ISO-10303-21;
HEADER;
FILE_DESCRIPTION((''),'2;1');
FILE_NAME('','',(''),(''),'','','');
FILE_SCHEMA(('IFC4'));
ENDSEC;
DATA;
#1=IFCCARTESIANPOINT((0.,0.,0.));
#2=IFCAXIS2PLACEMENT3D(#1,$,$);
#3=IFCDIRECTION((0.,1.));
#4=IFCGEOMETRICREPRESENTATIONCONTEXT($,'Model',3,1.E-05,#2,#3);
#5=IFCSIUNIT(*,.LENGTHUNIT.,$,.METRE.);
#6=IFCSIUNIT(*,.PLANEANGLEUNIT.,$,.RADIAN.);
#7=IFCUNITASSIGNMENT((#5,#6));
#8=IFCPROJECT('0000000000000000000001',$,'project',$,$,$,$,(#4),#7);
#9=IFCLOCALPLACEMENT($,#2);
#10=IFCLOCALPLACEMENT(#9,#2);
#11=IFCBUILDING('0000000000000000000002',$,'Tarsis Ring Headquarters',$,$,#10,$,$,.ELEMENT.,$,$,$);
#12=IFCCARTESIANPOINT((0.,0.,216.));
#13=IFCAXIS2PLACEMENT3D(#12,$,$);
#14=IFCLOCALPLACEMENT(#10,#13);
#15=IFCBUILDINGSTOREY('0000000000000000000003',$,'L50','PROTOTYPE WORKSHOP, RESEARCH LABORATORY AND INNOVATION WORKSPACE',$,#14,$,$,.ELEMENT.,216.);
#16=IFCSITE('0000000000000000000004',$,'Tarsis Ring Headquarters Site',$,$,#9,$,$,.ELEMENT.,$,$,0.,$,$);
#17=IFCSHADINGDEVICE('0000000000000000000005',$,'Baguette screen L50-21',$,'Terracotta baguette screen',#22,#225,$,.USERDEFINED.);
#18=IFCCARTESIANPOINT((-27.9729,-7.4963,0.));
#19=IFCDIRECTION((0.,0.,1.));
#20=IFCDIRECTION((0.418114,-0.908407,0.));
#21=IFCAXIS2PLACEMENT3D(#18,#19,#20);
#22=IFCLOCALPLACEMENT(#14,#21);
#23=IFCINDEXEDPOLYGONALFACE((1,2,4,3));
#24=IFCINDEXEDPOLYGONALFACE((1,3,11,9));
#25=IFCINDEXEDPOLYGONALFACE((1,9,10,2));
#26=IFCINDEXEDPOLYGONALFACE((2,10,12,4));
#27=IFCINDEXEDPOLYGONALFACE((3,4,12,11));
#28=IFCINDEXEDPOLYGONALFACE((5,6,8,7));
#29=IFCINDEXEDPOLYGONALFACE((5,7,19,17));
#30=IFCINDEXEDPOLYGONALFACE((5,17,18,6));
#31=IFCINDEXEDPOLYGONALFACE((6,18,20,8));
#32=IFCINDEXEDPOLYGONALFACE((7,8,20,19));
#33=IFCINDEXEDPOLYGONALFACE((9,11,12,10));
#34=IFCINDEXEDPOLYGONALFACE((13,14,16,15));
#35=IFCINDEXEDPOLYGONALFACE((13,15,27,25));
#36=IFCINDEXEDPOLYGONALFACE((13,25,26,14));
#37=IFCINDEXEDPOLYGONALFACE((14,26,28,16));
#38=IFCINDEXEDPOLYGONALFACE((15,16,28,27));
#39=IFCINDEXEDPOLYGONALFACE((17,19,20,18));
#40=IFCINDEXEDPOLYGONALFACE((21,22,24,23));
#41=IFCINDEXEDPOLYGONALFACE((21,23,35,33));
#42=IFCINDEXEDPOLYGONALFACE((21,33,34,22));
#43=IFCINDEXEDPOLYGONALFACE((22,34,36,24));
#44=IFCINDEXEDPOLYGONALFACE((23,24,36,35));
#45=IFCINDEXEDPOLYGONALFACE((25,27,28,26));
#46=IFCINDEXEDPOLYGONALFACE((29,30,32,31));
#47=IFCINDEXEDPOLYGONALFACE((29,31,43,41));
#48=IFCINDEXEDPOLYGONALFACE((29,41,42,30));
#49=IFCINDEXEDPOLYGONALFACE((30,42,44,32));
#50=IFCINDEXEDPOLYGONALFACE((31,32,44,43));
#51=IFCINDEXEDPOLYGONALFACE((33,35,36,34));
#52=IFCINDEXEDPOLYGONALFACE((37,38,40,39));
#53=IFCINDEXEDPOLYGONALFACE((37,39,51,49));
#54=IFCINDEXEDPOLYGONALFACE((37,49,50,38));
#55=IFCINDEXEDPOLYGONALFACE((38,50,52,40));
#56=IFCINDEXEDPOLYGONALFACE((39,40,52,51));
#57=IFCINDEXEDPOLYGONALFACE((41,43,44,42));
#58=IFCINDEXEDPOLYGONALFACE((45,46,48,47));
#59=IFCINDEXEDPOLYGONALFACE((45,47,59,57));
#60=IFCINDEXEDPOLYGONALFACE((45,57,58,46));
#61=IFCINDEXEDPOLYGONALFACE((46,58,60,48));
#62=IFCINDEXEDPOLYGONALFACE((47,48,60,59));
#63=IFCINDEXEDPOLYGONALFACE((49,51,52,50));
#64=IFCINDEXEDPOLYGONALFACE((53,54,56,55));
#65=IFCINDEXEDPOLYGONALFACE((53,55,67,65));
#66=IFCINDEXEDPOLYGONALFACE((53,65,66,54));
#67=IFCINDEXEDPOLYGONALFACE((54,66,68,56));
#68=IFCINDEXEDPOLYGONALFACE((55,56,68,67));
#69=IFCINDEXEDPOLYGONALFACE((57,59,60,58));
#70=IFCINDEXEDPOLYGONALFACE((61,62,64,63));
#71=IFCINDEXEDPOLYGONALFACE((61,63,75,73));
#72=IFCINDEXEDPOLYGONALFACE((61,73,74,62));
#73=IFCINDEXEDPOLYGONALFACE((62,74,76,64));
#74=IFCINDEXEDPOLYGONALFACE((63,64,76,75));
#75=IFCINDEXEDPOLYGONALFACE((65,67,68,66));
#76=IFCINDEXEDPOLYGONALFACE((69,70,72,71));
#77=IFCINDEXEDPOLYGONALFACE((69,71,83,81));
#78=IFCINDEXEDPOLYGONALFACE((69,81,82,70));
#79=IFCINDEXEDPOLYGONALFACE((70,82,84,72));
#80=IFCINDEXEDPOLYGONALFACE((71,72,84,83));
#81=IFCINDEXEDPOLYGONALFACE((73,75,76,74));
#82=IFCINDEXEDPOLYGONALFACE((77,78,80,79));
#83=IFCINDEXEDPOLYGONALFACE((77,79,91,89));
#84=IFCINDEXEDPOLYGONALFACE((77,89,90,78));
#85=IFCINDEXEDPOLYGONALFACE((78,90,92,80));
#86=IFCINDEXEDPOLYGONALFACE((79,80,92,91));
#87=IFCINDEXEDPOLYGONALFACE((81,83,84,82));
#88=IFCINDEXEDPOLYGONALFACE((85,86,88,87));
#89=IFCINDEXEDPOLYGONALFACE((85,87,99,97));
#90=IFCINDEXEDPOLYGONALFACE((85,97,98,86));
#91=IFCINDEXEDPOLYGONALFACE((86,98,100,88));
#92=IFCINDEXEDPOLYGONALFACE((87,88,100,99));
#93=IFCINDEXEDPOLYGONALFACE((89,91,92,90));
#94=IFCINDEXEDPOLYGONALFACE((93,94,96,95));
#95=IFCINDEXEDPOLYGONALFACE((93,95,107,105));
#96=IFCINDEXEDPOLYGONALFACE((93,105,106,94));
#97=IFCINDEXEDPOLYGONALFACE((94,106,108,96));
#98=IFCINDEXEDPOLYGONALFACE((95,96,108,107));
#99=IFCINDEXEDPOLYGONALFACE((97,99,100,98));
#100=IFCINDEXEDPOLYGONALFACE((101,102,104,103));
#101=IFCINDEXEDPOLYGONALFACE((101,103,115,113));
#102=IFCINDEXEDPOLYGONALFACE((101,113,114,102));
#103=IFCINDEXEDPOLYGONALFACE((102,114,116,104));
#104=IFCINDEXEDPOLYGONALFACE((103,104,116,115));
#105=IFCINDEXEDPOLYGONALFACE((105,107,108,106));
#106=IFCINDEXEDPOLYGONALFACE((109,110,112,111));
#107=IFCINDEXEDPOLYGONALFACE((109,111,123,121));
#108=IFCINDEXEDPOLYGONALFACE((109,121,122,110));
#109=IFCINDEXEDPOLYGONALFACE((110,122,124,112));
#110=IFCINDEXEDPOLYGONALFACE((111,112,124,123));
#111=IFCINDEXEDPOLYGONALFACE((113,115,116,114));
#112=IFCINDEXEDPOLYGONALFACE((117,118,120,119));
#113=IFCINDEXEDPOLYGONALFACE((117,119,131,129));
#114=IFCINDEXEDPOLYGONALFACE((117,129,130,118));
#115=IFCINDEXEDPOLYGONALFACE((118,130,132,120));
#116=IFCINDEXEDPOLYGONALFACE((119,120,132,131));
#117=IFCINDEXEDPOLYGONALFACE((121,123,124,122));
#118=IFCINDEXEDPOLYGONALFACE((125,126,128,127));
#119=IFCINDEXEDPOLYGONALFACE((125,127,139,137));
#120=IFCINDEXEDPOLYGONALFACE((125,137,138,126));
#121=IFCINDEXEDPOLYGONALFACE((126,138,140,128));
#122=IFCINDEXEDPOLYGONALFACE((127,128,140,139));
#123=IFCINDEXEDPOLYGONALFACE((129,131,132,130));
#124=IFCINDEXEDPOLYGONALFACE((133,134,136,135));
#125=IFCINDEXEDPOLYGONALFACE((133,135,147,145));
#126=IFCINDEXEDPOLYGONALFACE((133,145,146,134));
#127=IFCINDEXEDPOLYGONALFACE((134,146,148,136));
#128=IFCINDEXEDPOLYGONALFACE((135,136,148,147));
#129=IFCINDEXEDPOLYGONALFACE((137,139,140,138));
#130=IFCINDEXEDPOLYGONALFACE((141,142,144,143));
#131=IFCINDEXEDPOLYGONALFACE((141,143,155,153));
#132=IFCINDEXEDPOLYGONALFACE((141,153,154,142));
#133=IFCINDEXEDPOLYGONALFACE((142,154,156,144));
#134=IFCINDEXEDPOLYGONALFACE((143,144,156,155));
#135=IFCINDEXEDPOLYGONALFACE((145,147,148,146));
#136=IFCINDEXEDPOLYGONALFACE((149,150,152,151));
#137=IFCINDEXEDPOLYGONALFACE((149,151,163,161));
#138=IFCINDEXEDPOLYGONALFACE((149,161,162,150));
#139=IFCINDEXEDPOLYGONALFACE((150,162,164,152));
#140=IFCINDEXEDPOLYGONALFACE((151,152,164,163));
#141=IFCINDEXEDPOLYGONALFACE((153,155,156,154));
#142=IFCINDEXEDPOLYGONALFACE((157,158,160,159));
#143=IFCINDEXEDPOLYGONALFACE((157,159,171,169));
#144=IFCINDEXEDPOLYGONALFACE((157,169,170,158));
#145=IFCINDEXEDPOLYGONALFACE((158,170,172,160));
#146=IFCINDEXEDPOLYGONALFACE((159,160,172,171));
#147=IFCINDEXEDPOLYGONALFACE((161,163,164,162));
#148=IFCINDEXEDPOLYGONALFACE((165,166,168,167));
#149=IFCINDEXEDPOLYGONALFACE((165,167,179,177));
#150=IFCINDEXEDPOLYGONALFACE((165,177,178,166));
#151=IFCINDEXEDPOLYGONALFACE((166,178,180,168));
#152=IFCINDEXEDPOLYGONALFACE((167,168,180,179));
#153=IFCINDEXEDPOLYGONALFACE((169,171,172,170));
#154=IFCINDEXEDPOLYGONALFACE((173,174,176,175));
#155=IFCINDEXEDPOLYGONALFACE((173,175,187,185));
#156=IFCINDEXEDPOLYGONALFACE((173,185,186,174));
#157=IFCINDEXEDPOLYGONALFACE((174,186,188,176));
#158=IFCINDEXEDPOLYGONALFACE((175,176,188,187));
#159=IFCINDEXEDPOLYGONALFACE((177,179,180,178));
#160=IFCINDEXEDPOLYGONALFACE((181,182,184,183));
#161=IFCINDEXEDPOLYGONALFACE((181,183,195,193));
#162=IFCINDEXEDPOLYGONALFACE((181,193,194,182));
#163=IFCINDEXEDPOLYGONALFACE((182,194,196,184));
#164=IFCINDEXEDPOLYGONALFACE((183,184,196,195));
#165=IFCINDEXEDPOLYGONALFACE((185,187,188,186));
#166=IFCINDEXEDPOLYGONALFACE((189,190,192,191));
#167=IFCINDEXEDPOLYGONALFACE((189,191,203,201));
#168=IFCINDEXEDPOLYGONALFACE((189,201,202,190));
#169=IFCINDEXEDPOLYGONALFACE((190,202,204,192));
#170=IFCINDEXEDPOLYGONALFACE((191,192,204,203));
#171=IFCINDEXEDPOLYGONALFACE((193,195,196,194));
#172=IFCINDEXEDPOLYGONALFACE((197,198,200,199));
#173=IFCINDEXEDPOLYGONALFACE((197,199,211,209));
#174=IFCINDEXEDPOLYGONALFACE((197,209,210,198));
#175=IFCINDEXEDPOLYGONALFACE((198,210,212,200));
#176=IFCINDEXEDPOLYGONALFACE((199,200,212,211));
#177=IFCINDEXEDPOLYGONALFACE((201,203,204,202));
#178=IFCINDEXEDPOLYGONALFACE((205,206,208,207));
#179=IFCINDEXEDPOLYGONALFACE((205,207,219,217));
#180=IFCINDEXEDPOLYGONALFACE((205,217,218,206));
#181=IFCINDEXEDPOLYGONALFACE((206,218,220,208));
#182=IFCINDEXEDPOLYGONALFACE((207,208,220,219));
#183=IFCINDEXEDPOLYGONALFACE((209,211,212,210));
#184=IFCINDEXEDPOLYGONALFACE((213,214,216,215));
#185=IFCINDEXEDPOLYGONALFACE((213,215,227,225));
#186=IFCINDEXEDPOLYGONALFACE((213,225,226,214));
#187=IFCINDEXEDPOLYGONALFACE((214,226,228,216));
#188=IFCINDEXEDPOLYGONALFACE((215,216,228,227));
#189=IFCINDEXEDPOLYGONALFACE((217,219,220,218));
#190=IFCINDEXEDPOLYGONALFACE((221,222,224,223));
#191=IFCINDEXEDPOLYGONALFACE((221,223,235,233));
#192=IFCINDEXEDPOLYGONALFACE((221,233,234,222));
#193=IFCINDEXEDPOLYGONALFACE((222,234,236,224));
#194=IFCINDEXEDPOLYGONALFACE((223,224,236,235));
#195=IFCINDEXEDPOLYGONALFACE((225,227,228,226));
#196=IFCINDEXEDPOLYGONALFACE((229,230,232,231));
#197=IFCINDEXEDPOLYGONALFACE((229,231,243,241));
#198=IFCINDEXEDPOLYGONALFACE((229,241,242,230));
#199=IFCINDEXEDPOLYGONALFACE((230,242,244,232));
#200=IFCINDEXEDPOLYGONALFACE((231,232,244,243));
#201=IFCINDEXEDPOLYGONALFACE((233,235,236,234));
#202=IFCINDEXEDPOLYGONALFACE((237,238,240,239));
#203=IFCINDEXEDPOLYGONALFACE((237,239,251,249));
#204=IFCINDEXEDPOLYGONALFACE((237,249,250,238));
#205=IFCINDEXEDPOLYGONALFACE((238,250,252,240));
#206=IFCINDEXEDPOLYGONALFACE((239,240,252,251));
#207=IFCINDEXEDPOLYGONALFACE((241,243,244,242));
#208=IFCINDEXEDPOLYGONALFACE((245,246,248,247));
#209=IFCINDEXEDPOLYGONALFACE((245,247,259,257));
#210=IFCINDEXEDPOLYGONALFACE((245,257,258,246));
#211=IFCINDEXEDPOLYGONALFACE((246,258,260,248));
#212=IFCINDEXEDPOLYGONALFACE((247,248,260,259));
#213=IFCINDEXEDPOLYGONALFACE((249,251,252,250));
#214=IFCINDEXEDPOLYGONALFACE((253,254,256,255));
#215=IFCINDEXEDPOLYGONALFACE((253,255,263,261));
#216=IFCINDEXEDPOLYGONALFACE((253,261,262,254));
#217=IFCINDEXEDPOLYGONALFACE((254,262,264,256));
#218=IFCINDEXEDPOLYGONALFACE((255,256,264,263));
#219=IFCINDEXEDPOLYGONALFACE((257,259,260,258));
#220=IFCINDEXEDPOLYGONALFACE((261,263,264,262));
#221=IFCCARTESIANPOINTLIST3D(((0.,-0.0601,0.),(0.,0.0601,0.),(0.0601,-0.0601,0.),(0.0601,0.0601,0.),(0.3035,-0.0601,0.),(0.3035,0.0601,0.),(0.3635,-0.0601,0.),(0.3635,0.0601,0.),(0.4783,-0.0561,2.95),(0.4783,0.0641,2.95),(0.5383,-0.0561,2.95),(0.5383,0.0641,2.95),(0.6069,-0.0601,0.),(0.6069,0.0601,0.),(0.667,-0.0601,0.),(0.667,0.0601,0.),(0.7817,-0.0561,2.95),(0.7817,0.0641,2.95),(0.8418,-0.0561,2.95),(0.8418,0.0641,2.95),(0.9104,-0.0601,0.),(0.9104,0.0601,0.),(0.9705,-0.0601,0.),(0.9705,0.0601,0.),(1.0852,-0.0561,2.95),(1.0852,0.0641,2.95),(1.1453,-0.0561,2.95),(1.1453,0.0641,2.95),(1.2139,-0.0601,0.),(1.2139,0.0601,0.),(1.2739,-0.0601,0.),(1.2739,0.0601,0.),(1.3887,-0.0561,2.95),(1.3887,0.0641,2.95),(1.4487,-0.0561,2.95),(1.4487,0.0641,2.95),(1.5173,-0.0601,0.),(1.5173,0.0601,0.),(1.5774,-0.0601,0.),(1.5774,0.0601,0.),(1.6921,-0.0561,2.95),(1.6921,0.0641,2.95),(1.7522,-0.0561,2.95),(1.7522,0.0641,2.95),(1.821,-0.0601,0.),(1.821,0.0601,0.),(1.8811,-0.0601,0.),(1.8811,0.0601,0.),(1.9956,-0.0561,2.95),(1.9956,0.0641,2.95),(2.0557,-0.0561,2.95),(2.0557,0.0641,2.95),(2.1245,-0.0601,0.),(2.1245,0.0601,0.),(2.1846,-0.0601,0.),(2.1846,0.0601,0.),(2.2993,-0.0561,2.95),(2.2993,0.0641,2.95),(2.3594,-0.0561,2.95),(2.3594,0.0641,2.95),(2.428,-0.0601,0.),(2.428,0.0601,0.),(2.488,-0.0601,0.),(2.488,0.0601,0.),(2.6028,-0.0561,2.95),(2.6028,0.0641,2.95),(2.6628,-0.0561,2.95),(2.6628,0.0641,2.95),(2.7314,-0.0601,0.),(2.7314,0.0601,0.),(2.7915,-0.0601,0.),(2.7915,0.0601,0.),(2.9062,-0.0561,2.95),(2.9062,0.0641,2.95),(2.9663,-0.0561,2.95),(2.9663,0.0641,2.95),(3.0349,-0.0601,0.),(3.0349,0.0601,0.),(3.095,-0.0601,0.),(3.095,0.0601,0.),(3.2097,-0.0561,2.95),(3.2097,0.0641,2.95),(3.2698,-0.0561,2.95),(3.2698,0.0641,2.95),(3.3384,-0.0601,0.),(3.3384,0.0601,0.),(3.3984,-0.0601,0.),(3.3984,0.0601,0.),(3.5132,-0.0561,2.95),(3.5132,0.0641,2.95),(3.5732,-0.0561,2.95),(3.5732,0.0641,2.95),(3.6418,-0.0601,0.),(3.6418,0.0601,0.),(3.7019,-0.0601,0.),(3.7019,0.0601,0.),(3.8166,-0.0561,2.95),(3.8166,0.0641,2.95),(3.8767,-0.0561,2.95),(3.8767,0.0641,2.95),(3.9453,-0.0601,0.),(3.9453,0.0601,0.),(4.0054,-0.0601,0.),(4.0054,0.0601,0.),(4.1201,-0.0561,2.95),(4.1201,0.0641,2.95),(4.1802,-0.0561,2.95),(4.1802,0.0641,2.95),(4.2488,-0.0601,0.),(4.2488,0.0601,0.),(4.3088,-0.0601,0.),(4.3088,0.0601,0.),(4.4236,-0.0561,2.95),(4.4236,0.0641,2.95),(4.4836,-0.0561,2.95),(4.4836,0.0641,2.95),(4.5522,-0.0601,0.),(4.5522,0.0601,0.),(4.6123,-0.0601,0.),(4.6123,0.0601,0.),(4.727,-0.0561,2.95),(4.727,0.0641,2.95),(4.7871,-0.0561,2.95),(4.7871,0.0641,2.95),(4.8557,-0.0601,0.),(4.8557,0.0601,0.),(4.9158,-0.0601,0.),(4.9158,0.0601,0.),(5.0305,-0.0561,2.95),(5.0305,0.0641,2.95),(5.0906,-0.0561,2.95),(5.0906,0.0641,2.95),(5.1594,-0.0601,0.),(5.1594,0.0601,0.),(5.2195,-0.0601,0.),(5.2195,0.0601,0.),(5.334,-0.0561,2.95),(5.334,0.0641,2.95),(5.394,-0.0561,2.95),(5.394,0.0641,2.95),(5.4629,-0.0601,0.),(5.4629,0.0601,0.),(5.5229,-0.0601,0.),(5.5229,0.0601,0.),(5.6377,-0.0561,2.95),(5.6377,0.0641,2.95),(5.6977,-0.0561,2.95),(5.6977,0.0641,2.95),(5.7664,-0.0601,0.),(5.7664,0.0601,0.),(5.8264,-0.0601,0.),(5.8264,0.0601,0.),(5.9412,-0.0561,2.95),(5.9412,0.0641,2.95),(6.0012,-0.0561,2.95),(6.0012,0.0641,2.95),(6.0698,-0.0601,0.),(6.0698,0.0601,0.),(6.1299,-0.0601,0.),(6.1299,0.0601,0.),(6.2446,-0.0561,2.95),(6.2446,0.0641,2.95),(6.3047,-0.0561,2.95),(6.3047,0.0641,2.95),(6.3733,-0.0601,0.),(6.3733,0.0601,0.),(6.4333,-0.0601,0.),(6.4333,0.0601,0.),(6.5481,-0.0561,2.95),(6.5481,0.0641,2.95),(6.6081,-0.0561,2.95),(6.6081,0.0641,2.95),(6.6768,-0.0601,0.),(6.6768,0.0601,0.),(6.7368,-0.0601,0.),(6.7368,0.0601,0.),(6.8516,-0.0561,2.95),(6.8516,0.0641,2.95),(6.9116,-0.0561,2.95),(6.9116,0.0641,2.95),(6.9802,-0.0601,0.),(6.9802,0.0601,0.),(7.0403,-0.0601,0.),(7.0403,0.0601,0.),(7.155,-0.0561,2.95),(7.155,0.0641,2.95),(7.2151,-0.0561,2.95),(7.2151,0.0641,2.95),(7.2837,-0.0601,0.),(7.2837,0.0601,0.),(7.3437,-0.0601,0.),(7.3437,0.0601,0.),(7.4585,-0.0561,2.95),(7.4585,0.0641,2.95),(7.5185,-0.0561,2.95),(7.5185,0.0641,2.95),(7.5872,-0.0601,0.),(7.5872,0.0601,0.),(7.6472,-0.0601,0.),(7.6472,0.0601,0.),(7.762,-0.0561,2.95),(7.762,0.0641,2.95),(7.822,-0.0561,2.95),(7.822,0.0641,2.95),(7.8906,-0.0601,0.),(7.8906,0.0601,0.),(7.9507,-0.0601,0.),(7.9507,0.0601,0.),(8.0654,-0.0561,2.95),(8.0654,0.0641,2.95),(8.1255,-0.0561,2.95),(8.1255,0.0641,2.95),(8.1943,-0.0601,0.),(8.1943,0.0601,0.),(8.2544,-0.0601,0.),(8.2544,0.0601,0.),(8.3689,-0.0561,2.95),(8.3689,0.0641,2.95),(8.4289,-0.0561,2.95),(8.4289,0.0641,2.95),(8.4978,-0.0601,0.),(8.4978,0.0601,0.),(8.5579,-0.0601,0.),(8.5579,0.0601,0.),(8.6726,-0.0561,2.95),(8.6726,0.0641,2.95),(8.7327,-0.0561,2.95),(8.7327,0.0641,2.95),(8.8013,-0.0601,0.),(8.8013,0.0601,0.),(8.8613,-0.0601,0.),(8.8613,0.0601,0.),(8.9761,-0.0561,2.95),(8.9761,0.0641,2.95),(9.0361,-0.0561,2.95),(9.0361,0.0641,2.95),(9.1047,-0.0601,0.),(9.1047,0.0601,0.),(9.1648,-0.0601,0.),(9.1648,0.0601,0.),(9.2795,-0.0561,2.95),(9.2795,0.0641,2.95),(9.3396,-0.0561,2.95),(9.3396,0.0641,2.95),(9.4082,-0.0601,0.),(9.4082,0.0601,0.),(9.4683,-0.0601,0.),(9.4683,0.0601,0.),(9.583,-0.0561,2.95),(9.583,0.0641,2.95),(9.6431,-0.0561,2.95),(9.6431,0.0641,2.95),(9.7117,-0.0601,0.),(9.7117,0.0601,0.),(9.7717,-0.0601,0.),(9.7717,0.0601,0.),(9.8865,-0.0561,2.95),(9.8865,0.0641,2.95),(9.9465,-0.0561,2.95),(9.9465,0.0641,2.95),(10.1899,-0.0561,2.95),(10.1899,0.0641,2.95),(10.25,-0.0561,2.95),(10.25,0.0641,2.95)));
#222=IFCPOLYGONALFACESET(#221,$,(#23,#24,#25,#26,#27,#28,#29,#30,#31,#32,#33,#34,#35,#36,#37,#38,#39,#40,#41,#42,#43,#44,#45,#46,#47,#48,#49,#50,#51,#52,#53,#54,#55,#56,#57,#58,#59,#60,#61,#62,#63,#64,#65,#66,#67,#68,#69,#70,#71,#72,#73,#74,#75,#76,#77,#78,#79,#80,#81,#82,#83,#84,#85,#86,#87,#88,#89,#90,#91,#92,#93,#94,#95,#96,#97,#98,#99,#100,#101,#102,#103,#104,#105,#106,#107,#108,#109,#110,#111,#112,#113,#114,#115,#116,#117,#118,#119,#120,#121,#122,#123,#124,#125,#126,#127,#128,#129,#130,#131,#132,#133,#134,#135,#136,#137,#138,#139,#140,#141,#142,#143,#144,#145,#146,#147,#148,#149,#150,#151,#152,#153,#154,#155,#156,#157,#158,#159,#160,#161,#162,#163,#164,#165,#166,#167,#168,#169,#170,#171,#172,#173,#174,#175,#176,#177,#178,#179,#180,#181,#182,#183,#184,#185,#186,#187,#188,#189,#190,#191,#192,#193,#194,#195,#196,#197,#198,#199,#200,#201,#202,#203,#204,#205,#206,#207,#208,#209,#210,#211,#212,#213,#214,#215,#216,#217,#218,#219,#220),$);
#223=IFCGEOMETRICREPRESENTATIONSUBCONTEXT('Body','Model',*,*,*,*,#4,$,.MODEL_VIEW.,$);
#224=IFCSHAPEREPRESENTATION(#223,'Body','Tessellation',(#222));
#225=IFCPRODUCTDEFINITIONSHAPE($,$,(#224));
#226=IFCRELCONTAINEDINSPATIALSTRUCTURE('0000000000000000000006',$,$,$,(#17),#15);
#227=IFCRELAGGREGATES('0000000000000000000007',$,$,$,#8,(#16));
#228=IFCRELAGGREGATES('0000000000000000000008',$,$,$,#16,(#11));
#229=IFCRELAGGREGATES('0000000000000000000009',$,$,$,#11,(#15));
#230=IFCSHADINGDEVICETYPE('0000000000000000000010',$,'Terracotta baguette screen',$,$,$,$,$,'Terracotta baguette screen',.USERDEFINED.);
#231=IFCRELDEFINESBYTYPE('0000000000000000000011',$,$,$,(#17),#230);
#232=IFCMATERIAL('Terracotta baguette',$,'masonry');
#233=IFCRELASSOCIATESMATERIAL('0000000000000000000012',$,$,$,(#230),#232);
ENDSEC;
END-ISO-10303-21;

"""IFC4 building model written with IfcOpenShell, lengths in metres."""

from ifc_helpers import new_model, si_unit, direction, frame, frame_2d, origin, place, context, subcontext, project, spatial, rectangle, composite_profile, extrude, material, type_object, element, save


model = new_model("IFC4")

# Units and contexts
model_context = context("Model", 3, precision=1e-05, world=origin(), true_north=direction((0.0, 1.0)))
body_context = subcontext(model_context, "Body", "Model", "MODEL_VIEW")
ifc_project = project(units=[si_unit("LENGTHUNIT", "METRE"), si_unit("PLANEANGLEUNIT", "RADIAN")], contexts=[model_context])

# Site, building, storey
site_placement = place(None, origin())
site = spatial("IfcSite", under=ifc_project, at=site_placement, Name="Tarsis Ring Headquarters Site", CompositionType="ELEMENT", RefElevation=0.0)
building_placement = place(site_placement, origin())
building = spatial("IfcBuilding", under=site, at=building_placement, Name="Tarsis Ring Headquarters", CompositionType="ELEMENT")
storey_placement = place(building_placement, frame((0.0, 0.0, 216.0)))
storey = spatial("IfcBuildingStorey", under=building, at=storey_placement, Name="L50", Description="PROTOTYPE WORKSHOP, RESEARCH LABORATORY AND INNOVATION WORKSPACE", CompositionType="ELEMENT", Elevation=216.0)

# Shading device
ifc_material_1 = material(Name="Terracotta baguette", Category="masonry")
shading_device_type = type_object("IfcShadingDeviceType", Name="Terracotta baguette screen", ElementType="Terracotta baguette screen", PredefinedType="USERDEFINED", material=ifc_material_1)
shading_device_1_placement = place(storey_placement, frame((-27.9729, -7.4963, 0.0), z_axis=(0.0, 0.0, 1.0), x_axis=(0.418114, -0.908407, 0.0)))
element("IfcShadingDevice", 1, at=shading_device_1_placement, inside=storey, type_object=shading_device_type, Name="Baguette screen L50-21", ObjectType="Terracotta baguette screen", PredefinedType="USERDEFINED", context=body_context, shape_type="SweptSolid", body=[
    extrude(composite_profile([rectangle(XDim=0.0601, YDim=0.1201, at=frame_2d((0.03, 0.0))), rectangle(XDim=0.0601, YDim=0.1201, at=frame_2d((0.3335, 0.0))), rectangle(XDim=0.0601, YDim=0.1201, at=frame_2d((0.637, 0.0))), rectangle(XDim=0.0601, YDim=0.1201, at=frame_2d((0.9404, 0.0))), rectangle(XDim=0.0601, YDim=0.1201, at=frame_2d((1.2439, 0.0))), rectangle(XDim=0.0601, YDim=0.1201, at=frame_2d((1.5474, 0.0))), rectangle(XDim=0.0601, YDim=0.1201, at=frame_2d((1.8511, 0.0))), rectangle(XDim=0.0601, YDim=0.1201, at=frame_2d((2.1545, 0.0))), rectangle(XDim=0.0601, YDim=0.1201, at=frame_2d((2.458, 0.0))), rectangle(XDim=0.0601, YDim=0.1201, at=frame_2d((2.7615, 0.0))), rectangle(XDim=0.0601, YDim=0.1201, at=frame_2d((3.0649, 0.0))), rectangle(XDim=0.0601, YDim=0.1201, at=frame_2d((3.3684, 0.0))), rectangle(XDim=0.0601, YDim=0.1201, at=frame_2d((3.6719, 0.0))), rectangle(XDim=0.0601, YDim=0.1201, at=frame_2d((3.9753, 0.0))), rectangle(XDim=0.0601, YDim=0.1201, at=frame_2d((4.2788, 0.0))), rectangle(XDim=0.0601, YDim=0.1201, at=frame_2d((4.5823, 0.0))), rectangle(XDim=0.0601, YDim=0.1201, at=frame_2d((4.8857, 0.0))), rectangle(XDim=0.0601, YDim=0.1201, at=frame_2d((5.1895, 0.0))), rectangle(XDim=0.0601, YDim=0.1201, at=frame_2d((5.4929, 0.0))), rectangle(XDim=0.0601, YDim=0.1201, at=frame_2d((5.7964, 0.0))), rectangle(XDim=0.0601, YDim=0.1201, at=frame_2d((6.0999, 0.0))), rectangle(XDim=0.0601, YDim=0.1201, at=frame_2d((6.4033, 0.0))), rectangle(XDim=0.0601, YDim=0.1201, at=frame_2d((6.7068, 0.0))), rectangle(XDim=0.0601, YDim=0.1201, at=frame_2d((7.0103, 0.0))), rectangle(XDim=0.0601, YDim=0.1201, at=frame_2d((7.3137, 0.0))), rectangle(XDim=0.0601, YDim=0.1201, at=frame_2d((7.6172, 0.0))), rectangle(XDim=0.0601, YDim=0.1201, at=frame_2d((7.9207, 0.0))), rectangle(XDim=0.0601, YDim=0.1201, at=frame_2d((8.2244, 0.0))), rectangle(XDim=0.0601, YDim=0.1201, at=frame_2d((8.5278, 0.0))), rectangle(XDim=0.0601, YDim=0.1201, at=frame_2d((8.8313, 0.0))), rectangle(XDim=0.0601, YDim=0.1201, at=frame_2d((9.1348, 0.0))), rectangle(XDim=0.0601, YDim=0.1201, at=frame_2d((9.4382, 0.0))), rectangle(XDim=0.0601, YDim=0.1201, at=frame_2d((9.7417, 0.0)))]), origin(), (0.160034, 0.00134, 0.987111), 2.9885),
])

save(model, "model.ifc")
